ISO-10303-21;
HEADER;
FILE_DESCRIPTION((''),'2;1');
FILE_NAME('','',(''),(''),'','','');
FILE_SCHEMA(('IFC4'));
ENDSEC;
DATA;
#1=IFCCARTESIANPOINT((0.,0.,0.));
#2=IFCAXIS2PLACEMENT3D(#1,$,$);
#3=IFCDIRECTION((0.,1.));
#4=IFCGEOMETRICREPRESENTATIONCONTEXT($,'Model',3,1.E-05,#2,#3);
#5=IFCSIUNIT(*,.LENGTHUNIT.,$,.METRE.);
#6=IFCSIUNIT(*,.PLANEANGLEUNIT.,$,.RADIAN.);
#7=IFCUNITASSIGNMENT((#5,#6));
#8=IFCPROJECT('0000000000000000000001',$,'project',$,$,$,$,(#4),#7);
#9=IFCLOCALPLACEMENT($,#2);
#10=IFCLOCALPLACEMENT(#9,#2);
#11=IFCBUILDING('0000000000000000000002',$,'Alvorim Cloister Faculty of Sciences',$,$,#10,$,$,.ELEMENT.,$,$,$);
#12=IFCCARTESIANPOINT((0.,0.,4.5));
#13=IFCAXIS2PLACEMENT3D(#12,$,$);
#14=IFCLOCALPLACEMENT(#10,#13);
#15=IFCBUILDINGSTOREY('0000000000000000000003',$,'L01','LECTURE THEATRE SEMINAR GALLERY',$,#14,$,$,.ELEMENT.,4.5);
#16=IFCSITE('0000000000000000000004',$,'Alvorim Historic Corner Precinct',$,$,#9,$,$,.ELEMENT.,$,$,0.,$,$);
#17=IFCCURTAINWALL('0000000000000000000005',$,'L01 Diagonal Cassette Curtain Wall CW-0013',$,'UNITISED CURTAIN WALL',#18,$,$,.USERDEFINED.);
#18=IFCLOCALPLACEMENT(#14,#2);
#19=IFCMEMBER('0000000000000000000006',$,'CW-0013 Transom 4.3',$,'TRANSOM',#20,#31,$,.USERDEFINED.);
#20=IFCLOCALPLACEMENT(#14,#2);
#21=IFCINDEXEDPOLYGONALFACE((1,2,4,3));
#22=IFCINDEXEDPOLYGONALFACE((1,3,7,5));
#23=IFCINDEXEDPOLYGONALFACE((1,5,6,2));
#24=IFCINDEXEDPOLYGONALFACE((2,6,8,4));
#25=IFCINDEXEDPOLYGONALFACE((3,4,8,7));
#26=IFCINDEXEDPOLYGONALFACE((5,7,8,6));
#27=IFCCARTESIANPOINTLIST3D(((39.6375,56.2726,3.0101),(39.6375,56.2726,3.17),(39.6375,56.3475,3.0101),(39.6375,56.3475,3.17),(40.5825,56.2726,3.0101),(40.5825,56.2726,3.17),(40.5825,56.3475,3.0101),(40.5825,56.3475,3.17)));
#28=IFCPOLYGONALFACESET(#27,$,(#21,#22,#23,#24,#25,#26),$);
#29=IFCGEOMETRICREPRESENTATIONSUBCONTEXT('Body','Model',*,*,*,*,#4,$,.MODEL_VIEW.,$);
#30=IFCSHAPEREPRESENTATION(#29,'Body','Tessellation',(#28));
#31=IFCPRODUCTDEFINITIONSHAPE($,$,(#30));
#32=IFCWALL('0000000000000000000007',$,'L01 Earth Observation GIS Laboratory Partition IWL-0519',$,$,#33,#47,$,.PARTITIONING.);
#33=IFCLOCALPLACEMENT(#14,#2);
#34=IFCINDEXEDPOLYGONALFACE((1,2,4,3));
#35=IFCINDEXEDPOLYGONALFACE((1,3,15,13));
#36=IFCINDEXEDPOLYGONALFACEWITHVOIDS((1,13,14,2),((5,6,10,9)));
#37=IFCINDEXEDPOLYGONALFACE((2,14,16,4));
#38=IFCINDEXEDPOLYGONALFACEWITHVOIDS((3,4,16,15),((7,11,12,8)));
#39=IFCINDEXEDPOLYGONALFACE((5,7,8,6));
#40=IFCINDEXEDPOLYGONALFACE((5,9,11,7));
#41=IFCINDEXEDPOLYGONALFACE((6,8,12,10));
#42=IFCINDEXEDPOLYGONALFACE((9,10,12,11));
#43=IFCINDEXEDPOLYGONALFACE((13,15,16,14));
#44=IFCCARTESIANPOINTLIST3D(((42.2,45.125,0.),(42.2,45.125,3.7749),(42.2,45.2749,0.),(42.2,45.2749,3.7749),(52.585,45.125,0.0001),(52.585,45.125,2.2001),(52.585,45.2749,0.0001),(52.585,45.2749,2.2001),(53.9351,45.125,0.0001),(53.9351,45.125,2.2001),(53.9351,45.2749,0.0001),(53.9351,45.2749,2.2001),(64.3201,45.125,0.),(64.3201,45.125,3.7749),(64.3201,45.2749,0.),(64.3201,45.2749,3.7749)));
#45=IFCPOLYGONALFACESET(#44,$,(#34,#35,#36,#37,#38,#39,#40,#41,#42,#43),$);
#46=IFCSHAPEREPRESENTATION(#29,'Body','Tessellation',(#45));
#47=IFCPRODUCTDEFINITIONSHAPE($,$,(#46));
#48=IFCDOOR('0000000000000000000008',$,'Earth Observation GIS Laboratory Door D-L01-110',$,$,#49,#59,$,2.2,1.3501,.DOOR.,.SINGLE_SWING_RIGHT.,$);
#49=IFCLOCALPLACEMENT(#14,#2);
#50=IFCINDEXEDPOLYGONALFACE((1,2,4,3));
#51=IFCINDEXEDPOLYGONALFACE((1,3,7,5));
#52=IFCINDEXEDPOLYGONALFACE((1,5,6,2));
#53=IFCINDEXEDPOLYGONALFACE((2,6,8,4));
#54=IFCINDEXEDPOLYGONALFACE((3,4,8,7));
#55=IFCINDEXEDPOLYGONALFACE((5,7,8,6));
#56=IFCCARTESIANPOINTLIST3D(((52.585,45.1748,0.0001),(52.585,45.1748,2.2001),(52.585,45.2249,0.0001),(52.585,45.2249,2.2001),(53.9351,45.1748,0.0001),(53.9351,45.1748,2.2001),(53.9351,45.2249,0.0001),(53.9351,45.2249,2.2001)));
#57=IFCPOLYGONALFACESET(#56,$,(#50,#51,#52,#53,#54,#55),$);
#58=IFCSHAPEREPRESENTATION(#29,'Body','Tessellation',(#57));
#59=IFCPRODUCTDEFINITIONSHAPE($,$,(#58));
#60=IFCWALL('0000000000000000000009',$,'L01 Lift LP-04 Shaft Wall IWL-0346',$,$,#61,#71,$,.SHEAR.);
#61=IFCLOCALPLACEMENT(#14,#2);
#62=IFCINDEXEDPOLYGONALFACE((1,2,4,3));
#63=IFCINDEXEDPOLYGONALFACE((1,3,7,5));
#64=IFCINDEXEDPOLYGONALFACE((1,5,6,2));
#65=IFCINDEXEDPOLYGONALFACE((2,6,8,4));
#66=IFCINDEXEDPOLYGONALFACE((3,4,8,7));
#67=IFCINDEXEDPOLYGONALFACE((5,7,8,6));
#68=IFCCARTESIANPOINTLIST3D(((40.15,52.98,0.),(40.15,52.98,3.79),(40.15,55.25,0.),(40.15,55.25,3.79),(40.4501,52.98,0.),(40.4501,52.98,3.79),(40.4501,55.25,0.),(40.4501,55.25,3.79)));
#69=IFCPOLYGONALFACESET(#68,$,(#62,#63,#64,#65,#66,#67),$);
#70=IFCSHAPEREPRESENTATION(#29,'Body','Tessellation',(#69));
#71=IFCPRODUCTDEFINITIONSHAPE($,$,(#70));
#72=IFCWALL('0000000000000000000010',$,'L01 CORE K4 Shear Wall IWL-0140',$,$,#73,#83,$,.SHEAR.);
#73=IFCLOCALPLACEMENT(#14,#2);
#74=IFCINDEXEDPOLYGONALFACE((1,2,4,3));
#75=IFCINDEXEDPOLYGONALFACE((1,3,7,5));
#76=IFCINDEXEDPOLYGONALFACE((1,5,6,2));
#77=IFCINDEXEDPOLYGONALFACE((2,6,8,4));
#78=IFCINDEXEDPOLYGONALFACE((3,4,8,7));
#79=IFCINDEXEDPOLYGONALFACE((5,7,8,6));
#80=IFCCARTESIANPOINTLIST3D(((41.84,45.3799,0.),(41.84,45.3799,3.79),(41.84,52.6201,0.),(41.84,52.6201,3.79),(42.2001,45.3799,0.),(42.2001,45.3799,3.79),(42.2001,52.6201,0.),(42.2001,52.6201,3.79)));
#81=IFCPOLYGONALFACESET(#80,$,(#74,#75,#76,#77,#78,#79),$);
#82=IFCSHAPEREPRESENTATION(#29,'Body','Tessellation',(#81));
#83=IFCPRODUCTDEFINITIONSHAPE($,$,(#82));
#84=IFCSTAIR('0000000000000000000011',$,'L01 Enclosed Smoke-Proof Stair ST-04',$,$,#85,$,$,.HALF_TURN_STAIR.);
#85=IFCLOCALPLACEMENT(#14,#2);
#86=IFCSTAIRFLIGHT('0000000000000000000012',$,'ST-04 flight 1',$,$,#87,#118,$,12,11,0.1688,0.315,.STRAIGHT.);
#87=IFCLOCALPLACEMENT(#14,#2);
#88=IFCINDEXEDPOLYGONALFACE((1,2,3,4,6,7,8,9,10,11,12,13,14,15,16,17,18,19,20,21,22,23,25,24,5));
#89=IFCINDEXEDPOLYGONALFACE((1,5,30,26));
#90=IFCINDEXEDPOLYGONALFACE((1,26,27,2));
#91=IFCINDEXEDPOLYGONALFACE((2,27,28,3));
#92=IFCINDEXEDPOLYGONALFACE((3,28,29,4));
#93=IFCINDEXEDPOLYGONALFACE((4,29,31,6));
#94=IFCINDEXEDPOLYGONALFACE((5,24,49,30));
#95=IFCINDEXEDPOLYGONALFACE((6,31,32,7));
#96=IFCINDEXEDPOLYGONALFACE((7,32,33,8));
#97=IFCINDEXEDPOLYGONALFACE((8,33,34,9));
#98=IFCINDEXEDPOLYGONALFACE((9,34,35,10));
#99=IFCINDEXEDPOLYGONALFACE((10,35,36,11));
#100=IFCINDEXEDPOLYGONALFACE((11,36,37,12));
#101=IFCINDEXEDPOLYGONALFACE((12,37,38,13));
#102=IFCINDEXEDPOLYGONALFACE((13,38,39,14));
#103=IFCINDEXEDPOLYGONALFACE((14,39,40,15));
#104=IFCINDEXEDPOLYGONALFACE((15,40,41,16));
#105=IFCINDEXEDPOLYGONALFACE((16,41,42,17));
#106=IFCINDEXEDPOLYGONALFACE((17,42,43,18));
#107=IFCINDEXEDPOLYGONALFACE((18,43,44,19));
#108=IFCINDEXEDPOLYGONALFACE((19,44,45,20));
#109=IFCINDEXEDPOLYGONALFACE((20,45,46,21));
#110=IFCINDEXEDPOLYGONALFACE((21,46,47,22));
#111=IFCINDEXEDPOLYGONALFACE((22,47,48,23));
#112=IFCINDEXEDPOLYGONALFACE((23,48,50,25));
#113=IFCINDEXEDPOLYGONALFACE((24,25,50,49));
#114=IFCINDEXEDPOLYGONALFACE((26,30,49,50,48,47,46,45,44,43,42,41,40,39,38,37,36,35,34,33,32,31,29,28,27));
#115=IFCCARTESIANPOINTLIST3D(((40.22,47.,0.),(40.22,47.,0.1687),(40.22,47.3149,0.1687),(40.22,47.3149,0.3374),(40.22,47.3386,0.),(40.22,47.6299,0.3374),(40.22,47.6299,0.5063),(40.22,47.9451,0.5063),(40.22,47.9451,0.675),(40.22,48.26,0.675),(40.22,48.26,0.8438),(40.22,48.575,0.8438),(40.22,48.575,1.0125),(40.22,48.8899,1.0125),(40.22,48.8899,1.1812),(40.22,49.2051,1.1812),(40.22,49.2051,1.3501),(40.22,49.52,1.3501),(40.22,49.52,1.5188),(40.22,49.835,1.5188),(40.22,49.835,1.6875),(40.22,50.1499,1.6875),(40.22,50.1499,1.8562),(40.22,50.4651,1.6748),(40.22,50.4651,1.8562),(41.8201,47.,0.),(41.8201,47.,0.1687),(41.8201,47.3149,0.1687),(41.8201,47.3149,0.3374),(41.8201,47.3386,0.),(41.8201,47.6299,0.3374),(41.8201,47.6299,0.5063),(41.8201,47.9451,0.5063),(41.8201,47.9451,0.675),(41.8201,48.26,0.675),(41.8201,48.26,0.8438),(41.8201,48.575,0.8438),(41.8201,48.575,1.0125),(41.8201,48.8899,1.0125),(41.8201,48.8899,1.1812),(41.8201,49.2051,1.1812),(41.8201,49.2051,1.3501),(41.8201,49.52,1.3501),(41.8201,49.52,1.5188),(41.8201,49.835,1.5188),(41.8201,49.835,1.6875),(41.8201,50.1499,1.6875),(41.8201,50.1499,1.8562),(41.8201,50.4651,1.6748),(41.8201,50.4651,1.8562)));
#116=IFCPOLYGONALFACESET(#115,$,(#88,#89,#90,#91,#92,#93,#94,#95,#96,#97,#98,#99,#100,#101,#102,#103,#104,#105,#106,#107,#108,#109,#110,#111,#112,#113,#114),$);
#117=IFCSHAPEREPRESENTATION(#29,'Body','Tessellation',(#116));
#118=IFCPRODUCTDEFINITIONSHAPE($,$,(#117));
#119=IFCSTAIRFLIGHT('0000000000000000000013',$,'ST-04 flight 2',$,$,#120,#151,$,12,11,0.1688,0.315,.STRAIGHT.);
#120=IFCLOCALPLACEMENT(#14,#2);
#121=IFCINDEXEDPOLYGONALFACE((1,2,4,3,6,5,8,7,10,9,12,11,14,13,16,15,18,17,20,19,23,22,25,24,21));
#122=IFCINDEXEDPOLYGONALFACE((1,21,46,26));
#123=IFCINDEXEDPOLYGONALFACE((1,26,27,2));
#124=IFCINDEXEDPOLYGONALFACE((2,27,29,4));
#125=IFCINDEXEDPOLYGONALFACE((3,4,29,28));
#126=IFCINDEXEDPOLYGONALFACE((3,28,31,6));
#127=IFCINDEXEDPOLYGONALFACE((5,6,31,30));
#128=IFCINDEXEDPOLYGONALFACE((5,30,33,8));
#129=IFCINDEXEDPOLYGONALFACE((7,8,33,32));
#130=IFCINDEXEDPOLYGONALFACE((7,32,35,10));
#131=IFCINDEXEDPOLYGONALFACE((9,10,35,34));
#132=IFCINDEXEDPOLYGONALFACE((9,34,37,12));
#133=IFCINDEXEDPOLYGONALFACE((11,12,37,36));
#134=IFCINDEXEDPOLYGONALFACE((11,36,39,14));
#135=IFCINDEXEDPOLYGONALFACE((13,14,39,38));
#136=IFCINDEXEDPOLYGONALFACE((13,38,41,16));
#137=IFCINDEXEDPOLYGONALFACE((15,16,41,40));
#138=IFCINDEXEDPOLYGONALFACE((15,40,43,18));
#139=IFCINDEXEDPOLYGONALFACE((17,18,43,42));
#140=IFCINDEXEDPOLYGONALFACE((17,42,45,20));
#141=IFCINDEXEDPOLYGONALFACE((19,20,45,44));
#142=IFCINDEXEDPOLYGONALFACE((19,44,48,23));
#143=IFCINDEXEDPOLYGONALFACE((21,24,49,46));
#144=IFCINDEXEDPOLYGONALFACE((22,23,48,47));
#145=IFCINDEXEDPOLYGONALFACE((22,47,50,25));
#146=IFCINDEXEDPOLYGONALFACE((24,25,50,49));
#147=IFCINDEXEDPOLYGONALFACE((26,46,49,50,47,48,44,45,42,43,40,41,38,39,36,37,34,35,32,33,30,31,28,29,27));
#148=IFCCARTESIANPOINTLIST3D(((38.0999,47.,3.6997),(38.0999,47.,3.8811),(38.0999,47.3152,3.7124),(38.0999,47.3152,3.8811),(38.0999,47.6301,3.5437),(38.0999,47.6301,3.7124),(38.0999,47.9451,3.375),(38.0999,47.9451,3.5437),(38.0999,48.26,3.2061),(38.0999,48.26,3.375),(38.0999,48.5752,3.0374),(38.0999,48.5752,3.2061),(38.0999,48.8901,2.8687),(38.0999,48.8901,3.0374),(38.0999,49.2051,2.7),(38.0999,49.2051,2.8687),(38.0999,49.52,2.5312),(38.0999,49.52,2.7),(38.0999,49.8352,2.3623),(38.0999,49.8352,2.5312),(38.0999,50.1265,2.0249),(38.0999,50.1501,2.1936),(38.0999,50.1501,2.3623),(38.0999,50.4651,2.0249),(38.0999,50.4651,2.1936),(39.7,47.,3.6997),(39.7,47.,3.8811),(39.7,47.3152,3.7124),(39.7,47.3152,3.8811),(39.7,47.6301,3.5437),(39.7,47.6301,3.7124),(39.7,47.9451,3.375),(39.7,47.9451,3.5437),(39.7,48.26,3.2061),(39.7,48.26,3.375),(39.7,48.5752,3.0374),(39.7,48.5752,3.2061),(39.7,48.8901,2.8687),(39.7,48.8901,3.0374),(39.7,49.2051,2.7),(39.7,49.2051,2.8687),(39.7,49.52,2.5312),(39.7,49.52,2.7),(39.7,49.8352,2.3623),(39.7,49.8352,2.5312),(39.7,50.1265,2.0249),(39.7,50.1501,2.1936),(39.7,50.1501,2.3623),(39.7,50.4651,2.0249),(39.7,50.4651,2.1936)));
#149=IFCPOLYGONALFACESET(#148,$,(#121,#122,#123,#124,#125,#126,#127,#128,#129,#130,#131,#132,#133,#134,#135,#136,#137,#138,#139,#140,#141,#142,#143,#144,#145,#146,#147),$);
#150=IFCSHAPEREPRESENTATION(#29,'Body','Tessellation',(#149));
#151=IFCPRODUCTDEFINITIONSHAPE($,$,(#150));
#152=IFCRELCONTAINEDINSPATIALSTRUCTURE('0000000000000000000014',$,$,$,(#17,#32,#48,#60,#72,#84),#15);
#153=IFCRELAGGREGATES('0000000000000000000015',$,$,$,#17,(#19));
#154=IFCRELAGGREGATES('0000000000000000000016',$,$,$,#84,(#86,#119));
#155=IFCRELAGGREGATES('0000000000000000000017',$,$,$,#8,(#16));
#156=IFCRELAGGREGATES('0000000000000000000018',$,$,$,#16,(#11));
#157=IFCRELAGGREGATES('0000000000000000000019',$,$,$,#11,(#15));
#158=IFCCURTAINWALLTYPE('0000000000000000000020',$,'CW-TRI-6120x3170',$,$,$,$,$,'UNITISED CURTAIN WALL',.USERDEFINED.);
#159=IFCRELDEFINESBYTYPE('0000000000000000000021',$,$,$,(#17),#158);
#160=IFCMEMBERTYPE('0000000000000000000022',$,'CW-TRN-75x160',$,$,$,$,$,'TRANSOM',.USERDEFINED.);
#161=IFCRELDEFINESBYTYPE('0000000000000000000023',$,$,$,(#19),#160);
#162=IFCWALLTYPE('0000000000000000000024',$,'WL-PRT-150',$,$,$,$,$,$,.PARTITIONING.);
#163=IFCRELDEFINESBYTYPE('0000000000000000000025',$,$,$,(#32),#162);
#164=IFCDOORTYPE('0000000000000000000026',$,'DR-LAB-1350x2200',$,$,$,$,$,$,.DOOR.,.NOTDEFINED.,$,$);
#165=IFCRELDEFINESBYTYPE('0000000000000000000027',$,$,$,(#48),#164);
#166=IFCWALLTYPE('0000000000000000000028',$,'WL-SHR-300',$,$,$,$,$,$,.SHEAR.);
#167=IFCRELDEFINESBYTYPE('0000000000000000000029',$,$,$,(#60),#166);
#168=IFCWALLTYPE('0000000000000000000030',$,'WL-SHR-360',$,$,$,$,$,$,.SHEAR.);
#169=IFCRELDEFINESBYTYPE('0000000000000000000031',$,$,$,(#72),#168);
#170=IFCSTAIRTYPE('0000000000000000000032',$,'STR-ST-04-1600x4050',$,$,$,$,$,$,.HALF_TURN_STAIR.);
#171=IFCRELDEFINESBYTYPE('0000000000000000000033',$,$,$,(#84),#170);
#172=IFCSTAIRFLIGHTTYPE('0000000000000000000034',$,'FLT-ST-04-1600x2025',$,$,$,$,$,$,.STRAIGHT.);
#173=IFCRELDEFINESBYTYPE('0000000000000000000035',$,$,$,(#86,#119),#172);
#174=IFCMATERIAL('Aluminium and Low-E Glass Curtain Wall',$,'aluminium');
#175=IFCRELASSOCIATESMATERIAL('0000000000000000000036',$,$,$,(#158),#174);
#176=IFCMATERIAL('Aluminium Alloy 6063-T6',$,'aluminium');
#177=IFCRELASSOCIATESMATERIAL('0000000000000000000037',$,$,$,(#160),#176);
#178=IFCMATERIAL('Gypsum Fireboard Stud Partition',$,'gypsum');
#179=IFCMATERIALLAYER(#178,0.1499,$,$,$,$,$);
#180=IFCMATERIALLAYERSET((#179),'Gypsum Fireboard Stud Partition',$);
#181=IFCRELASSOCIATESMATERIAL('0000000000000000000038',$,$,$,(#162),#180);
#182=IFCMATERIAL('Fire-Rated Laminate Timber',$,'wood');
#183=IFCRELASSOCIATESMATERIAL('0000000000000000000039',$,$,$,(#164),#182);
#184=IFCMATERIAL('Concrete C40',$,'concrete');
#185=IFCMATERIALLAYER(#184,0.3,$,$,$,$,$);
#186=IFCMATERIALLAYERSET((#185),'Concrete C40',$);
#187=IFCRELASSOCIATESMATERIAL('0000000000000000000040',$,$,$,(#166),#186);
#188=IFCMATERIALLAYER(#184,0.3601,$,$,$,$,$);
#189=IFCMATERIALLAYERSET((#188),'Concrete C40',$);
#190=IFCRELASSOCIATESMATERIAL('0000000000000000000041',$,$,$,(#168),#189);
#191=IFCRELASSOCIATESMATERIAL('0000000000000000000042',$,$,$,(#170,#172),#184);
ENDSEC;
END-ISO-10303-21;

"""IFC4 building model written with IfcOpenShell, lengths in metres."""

from ifc_helpers import new_model, si_unit, direction, frame, frame_2d, origin, origin_2d, place, context, subcontext, project, spatial, polyline, rectangle, outline, extrude, material, layer, layer_set, material_profile, profile_set, type_object, element, fill, aggregate, save


model = new_model("IFC4")

# Units and contexts
model_context = context("Model", 3, precision=1e-05, world=origin(), true_north=direction((0.0, 1.0)))
body_context = subcontext(model_context, "Body", "Model", "MODEL_VIEW")
ifc_project = project(units=[si_unit("LENGTHUNIT", "METRE"), si_unit("PLANEANGLEUNIT", "RADIAN")], contexts=[model_context])

# Site, building, storey
site_placement = place(None, origin())
site = spatial("IfcSite", under=ifc_project, at=site_placement, Name="Alvorim Historic Corner Precinct", CompositionType="ELEMENT", RefElevation=0.0)
building_placement = place(site_placement, origin())
building = spatial("IfcBuilding", under=site, at=building_placement, Name="Alvorim Cloister Faculty of Sciences", CompositionType="ELEMENT")
storey_placement = place(building_placement, frame((0.0, 0.0, 4.5)))
storey = spatial("IfcBuildingStorey", under=building, at=storey_placement, Name="L01", Description="LECTURE THEATRE SEMINAR GALLERY", CompositionType="ELEMENT", Elevation=4.5)

# Shared definitions
ifc_material_1 = material(Name="Concrete C40", Category="concrete")

# Curtain wall, member
ifc_material_2 = material(Name="Aluminium and Low-E Glass Curtain Wall", Category="aluminium")
curtain_wall_type = type_object("IfcCurtainWallType", Name="CW-TRI-6120x3170", ElementType="UNITISED CURTAIN WALL", PredefinedType="USERDEFINED", material=ifc_material_2)
curtain_wall_placement = place(storey_placement, origin())
curtain_wall = element("IfcCurtainWall", 1, at=curtain_wall_placement, inside=storey, type_object=curtain_wall_type, Name="L01 Diagonal Cassette Curtain Wall CW-0013", ObjectType="UNITISED CURTAIN WALL", PredefinedType="USERDEFINED")
ifc_material_3 = material(Name="Aluminium Alloy 6063-T6", Category="aluminium")
ifc_material_profile_1 = material_profile(ifc_material_3, rectangle(XDim=0.075, YDim=0.1599, at=origin_2d()), Name="ALU-TRN-75x160")
ifc_profile_set_1 = profile_set([ifc_material_profile_1], Name="Aluminium Alloy 6063-T6")
member_type_1 = type_object("IfcMemberType", Name="CW-TRN-75x160", ElementType="TRANSOM", PredefinedType="USERDEFINED", material=ifc_profile_set_1)
member_1_placement = place(storey_placement, frame((39.6375, 56.3101, 3.0901), z_axis=(1.0, 0.0, 0.0), x_axis=(0.0, 1.0, 0.0)))
member_1 = element("IfcMember", 2, at=member_1_placement, type_object=member_type_1, Name="CW-0013 Transom 4.3", ObjectType="TRANSOM", PredefinedType="USERDEFINED", context=body_context, shape_type="SweptSolid", body=[
    extrude(rectangle(XDim=0.075, YDim=0.1599, at=origin_2d()), origin(), (0.0, 0.0, 1.0), 0.9451),
])
aggregate(curtain_wall, [member_1])

# Wall, opening, door
ifc_material_4 = material(Name="Gypsum Fireboard Stud Partition", Category="gypsum")
ifc_layer_1 = layer(ifc_material_4, 0.1499)
ifc_layer_set_1 = layer_set([ifc_layer_1], Name="Gypsum Fireboard Stud Partition")
wall_type_1 = type_object("IfcWallType", Name="WL-PRT-150", PredefinedType="PARTITIONING", material=ifc_layer_set_1)
wall_1_placement = place(storey_placement, frame((42.2, 45.2, 0.0), z_axis=(0.0, 0.0, 1.0), x_axis=(1.0, 0.0, 0.0)))
wall_1 = element("IfcWall", 3, at=wall_1_placement, inside=storey, type_object=wall_type_1, Name="L01 Earth Observation GIS Laboratory Partition IWL-0519", PredefinedType="PARTITIONING", context=body_context, shape_type="SweptSolid", body=[
    extrude(rectangle(XDim=22.1201, YDim=0.1499, at=frame_2d((11.0601, 0.0))), origin(), (0.0, 0.0, 1.0), 3.7749),
])
opening_placement = place(wall_1_placement, frame((10.385, 0.0, 0.0)))
opening = element("IfcOpeningElement", 4, at=opening_placement, cuts=wall_1, PredefinedType="OPENING", context=body_context, shape_type="SweptSolid", body=[
    extrude(rectangle(XDim=1.3501, YDim=2.2, at=frame_2d((0.675, 1.1001))), frame((0.0, 0.0869, 0.0), z_axis=(0.0, -1.0, 0.0), x_axis=(1.0, 0.0, 0.0)), (0.0, 0.0, 1.0), 0.1738),
])
ifc_material_5 = material(Name="Fire-Rated Laminate Timber", Category="wood")
door_type = type_object("IfcDoorType", Name="DR-LAB-1350x2200", OperationType="NOTDEFINED", PredefinedType="DOOR", material=ifc_material_5)
door_placement = place(opening_placement, origin())
door = element("IfcDoor", 5, at=door_placement, inside=storey, type_object=door_type, Name="Earth Observation GIS Laboratory Door D-L01-110", OperationType="SINGLE_SWING_RIGHT", OverallHeight=2.2, OverallWidth=1.3501, PredefinedType="DOOR", context=body_context, shape_type="SweptSolid", body=[
    extrude(rectangle(XDim=1.3501, YDim=2.2, at=frame_2d((0.675, 1.1001))), frame((0.0, 0.0249, 0.0), z_axis=(0.0, -1.0, 0.0), x_axis=(1.0, 0.0, 0.0)), (0.0, 0.0, 1.0), 0.05),
])
fill(opening, door)

# Walls
ifc_layer_2 = layer(ifc_material_1, 0.3)
ifc_layer_set_2 = layer_set([ifc_layer_2], Name="Concrete C40")
wall_type_2 = type_object("IfcWallType", Name="WL-SHR-300", PredefinedType="SHEAR", material=ifc_layer_set_2)
wall_2_placement = place(storey_placement, frame((40.3, 52.98, 0.0), z_axis=(0.0, 0.0, 1.0), x_axis=(0.0, 1.0, 0.0)))
element("IfcWall", 6, at=wall_2_placement, inside=storey, type_object=wall_type_2, Name="L01 Lift LP-04 Shaft Wall IWL-0346", PredefinedType="SHEAR", context=body_context, shape_type="SweptSolid", body=[
    extrude(rectangle(XDim=2.27, YDim=0.3, at=frame_2d((1.135, 0.0))), origin(), (0.0, 0.0, 1.0), 3.79),
])
ifc_layer_3 = layer(ifc_material_1, 0.3601)
ifc_layer_set_3 = layer_set([ifc_layer_3], Name="Concrete C40")
wall_type_3 = type_object("IfcWallType", Name="WL-SHR-360", PredefinedType="SHEAR", material=ifc_layer_set_3)
wall_3_placement = place(storey_placement, frame((42.02, 45.3799, 0.0), z_axis=(0.0, 0.0, 1.0), x_axis=(0.0, 1.0, 0.0)))
element("IfcWall", 7, at=wall_3_placement, inside=storey, type_object=wall_type_3, Name="L01 CORE K4 Shear Wall IWL-0140", PredefinedType="SHEAR", context=body_context, shape_type="SweptSolid", body=[
    extrude(rectangle(XDim=7.2402, YDim=0.3601, at=frame_2d((3.6201, 0.0))), origin(), (0.0, 0.0, 1.0), 3.79),
])

# Stair, stair flights
stair_type = type_object("IfcStairType", Name="STR-ST-04-1600x4050", PredefinedType="HALF_TURN_STAIR", material=ifc_material_1)
stair_placement = place(storey_placement, origin())
stair = element("IfcStair", 8, at=stair_placement, inside=storey, type_object=stair_type, Name="L01 Enclosed Smoke-Proof Stair ST-04", PredefinedType="HALF_TURN_STAIR")
stair_flight_type = type_object("IfcStairFlightType", Name="FLT-ST-04-1600x2025", PredefinedType="STRAIGHT", material=ifc_material_1)
stair_flight_1_placement = place(storey_placement, frame((41.02, 47.0, 0.0), z_axis=(0.0, 0.0, 1.0), x_axis=(0.0, 1.0, 0.0)))
stair_flight_1 = element("IfcStairFlight", 9, at=stair_flight_1_placement, type_object=stair_flight_type, Name="ST-04 flight 1", NumberOfRisers=12, NumberOfTreads=11, PredefinedType="STRAIGHT", RiserHeight=0.1688, TreadLength=0.315, context=body_context, shape_type="SweptSolid", body=[
    extrude(outline(polyline([(0.3386, 0.0), (3.4651, 1.6748), (3.4651, 2.0249), (3.4651, 1.8562), (3.1499, 1.8562), (3.1499, 1.6875), (2.835, 1.6875), (2.835, 1.5188), (2.52, 1.5188), (2.52, 1.3501), (2.2051, 1.3501), (2.2051, 1.1812), (1.8899, 1.1812), (1.8899, 1.0125), (1.575, 1.0125), (1.575, 0.8438), (1.26, 0.8438), (1.26, 0.675), (0.9451, 0.675), (0.9451, 0.5063), (0.6299, 0.5063), (0.6299, 0.3374), (0.3149, 0.3374), (0.3149, 0.1687), (0.0, 0.1687), (0.0, 0.0), (0.3386, 0.0)])), frame((0.0, 0.8, 0.0), z_axis=(0.0, -1.0, 0.0), x_axis=(1.0, 0.0, 0.0)), (0.0, 0.0, 1.0), 1.6001),
])
stair_flight_2_placement = place(storey_placement, frame((38.8999, 50.4651, 2.0249), z_axis=(0.0, 0.0, 1.0), x_axis=(0.0, -1.0, 0.0)))
stair_flight_2 = element("IfcStairFlight", 10, at=stair_flight_2_placement, type_object=stair_flight_type, Name="ST-04 flight 2", NumberOfRisers=12, NumberOfTreads=11, PredefinedType="STRAIGHT", RiserHeight=0.1688, TreadLength=0.315, context=body_context, shape_type="SweptSolid", body=[
    extrude(outline(polyline([(0.3386, 0.0), (3.4651, 1.6748), (3.4651, 2.0249), (3.4651, 1.8562), (3.1499, 1.8562), (3.1499, 1.6875), (2.835, 1.6875), (2.835, 1.5188), (2.52, 1.5188), (2.52, 1.3501), (2.2051, 1.3501), (2.2051, 1.1812), (1.8899, 1.1812), (1.8899, 1.0125), (1.575, 1.0125), (1.575, 0.8438), (1.26, 0.8438), (1.26, 0.675), (0.9451, 0.675), (0.9451, 0.5063), (0.6299, 0.5063), (0.6299, 0.3374), (0.3149, 0.3374), (0.3149, 0.1687), (0.0, 0.1687), (0.0, 0.0), (0.3386, 0.0)])), frame((0.0, 0.8, 0.0), z_axis=(0.0, -1.0, 0.0), x_axis=(1.0, 0.0, 0.0)), (0.0, 0.0, 1.0), 1.6001),
])
aggregate(stair, [stair_flight_1, stair_flight_2])

save(model, "model.ifc")
